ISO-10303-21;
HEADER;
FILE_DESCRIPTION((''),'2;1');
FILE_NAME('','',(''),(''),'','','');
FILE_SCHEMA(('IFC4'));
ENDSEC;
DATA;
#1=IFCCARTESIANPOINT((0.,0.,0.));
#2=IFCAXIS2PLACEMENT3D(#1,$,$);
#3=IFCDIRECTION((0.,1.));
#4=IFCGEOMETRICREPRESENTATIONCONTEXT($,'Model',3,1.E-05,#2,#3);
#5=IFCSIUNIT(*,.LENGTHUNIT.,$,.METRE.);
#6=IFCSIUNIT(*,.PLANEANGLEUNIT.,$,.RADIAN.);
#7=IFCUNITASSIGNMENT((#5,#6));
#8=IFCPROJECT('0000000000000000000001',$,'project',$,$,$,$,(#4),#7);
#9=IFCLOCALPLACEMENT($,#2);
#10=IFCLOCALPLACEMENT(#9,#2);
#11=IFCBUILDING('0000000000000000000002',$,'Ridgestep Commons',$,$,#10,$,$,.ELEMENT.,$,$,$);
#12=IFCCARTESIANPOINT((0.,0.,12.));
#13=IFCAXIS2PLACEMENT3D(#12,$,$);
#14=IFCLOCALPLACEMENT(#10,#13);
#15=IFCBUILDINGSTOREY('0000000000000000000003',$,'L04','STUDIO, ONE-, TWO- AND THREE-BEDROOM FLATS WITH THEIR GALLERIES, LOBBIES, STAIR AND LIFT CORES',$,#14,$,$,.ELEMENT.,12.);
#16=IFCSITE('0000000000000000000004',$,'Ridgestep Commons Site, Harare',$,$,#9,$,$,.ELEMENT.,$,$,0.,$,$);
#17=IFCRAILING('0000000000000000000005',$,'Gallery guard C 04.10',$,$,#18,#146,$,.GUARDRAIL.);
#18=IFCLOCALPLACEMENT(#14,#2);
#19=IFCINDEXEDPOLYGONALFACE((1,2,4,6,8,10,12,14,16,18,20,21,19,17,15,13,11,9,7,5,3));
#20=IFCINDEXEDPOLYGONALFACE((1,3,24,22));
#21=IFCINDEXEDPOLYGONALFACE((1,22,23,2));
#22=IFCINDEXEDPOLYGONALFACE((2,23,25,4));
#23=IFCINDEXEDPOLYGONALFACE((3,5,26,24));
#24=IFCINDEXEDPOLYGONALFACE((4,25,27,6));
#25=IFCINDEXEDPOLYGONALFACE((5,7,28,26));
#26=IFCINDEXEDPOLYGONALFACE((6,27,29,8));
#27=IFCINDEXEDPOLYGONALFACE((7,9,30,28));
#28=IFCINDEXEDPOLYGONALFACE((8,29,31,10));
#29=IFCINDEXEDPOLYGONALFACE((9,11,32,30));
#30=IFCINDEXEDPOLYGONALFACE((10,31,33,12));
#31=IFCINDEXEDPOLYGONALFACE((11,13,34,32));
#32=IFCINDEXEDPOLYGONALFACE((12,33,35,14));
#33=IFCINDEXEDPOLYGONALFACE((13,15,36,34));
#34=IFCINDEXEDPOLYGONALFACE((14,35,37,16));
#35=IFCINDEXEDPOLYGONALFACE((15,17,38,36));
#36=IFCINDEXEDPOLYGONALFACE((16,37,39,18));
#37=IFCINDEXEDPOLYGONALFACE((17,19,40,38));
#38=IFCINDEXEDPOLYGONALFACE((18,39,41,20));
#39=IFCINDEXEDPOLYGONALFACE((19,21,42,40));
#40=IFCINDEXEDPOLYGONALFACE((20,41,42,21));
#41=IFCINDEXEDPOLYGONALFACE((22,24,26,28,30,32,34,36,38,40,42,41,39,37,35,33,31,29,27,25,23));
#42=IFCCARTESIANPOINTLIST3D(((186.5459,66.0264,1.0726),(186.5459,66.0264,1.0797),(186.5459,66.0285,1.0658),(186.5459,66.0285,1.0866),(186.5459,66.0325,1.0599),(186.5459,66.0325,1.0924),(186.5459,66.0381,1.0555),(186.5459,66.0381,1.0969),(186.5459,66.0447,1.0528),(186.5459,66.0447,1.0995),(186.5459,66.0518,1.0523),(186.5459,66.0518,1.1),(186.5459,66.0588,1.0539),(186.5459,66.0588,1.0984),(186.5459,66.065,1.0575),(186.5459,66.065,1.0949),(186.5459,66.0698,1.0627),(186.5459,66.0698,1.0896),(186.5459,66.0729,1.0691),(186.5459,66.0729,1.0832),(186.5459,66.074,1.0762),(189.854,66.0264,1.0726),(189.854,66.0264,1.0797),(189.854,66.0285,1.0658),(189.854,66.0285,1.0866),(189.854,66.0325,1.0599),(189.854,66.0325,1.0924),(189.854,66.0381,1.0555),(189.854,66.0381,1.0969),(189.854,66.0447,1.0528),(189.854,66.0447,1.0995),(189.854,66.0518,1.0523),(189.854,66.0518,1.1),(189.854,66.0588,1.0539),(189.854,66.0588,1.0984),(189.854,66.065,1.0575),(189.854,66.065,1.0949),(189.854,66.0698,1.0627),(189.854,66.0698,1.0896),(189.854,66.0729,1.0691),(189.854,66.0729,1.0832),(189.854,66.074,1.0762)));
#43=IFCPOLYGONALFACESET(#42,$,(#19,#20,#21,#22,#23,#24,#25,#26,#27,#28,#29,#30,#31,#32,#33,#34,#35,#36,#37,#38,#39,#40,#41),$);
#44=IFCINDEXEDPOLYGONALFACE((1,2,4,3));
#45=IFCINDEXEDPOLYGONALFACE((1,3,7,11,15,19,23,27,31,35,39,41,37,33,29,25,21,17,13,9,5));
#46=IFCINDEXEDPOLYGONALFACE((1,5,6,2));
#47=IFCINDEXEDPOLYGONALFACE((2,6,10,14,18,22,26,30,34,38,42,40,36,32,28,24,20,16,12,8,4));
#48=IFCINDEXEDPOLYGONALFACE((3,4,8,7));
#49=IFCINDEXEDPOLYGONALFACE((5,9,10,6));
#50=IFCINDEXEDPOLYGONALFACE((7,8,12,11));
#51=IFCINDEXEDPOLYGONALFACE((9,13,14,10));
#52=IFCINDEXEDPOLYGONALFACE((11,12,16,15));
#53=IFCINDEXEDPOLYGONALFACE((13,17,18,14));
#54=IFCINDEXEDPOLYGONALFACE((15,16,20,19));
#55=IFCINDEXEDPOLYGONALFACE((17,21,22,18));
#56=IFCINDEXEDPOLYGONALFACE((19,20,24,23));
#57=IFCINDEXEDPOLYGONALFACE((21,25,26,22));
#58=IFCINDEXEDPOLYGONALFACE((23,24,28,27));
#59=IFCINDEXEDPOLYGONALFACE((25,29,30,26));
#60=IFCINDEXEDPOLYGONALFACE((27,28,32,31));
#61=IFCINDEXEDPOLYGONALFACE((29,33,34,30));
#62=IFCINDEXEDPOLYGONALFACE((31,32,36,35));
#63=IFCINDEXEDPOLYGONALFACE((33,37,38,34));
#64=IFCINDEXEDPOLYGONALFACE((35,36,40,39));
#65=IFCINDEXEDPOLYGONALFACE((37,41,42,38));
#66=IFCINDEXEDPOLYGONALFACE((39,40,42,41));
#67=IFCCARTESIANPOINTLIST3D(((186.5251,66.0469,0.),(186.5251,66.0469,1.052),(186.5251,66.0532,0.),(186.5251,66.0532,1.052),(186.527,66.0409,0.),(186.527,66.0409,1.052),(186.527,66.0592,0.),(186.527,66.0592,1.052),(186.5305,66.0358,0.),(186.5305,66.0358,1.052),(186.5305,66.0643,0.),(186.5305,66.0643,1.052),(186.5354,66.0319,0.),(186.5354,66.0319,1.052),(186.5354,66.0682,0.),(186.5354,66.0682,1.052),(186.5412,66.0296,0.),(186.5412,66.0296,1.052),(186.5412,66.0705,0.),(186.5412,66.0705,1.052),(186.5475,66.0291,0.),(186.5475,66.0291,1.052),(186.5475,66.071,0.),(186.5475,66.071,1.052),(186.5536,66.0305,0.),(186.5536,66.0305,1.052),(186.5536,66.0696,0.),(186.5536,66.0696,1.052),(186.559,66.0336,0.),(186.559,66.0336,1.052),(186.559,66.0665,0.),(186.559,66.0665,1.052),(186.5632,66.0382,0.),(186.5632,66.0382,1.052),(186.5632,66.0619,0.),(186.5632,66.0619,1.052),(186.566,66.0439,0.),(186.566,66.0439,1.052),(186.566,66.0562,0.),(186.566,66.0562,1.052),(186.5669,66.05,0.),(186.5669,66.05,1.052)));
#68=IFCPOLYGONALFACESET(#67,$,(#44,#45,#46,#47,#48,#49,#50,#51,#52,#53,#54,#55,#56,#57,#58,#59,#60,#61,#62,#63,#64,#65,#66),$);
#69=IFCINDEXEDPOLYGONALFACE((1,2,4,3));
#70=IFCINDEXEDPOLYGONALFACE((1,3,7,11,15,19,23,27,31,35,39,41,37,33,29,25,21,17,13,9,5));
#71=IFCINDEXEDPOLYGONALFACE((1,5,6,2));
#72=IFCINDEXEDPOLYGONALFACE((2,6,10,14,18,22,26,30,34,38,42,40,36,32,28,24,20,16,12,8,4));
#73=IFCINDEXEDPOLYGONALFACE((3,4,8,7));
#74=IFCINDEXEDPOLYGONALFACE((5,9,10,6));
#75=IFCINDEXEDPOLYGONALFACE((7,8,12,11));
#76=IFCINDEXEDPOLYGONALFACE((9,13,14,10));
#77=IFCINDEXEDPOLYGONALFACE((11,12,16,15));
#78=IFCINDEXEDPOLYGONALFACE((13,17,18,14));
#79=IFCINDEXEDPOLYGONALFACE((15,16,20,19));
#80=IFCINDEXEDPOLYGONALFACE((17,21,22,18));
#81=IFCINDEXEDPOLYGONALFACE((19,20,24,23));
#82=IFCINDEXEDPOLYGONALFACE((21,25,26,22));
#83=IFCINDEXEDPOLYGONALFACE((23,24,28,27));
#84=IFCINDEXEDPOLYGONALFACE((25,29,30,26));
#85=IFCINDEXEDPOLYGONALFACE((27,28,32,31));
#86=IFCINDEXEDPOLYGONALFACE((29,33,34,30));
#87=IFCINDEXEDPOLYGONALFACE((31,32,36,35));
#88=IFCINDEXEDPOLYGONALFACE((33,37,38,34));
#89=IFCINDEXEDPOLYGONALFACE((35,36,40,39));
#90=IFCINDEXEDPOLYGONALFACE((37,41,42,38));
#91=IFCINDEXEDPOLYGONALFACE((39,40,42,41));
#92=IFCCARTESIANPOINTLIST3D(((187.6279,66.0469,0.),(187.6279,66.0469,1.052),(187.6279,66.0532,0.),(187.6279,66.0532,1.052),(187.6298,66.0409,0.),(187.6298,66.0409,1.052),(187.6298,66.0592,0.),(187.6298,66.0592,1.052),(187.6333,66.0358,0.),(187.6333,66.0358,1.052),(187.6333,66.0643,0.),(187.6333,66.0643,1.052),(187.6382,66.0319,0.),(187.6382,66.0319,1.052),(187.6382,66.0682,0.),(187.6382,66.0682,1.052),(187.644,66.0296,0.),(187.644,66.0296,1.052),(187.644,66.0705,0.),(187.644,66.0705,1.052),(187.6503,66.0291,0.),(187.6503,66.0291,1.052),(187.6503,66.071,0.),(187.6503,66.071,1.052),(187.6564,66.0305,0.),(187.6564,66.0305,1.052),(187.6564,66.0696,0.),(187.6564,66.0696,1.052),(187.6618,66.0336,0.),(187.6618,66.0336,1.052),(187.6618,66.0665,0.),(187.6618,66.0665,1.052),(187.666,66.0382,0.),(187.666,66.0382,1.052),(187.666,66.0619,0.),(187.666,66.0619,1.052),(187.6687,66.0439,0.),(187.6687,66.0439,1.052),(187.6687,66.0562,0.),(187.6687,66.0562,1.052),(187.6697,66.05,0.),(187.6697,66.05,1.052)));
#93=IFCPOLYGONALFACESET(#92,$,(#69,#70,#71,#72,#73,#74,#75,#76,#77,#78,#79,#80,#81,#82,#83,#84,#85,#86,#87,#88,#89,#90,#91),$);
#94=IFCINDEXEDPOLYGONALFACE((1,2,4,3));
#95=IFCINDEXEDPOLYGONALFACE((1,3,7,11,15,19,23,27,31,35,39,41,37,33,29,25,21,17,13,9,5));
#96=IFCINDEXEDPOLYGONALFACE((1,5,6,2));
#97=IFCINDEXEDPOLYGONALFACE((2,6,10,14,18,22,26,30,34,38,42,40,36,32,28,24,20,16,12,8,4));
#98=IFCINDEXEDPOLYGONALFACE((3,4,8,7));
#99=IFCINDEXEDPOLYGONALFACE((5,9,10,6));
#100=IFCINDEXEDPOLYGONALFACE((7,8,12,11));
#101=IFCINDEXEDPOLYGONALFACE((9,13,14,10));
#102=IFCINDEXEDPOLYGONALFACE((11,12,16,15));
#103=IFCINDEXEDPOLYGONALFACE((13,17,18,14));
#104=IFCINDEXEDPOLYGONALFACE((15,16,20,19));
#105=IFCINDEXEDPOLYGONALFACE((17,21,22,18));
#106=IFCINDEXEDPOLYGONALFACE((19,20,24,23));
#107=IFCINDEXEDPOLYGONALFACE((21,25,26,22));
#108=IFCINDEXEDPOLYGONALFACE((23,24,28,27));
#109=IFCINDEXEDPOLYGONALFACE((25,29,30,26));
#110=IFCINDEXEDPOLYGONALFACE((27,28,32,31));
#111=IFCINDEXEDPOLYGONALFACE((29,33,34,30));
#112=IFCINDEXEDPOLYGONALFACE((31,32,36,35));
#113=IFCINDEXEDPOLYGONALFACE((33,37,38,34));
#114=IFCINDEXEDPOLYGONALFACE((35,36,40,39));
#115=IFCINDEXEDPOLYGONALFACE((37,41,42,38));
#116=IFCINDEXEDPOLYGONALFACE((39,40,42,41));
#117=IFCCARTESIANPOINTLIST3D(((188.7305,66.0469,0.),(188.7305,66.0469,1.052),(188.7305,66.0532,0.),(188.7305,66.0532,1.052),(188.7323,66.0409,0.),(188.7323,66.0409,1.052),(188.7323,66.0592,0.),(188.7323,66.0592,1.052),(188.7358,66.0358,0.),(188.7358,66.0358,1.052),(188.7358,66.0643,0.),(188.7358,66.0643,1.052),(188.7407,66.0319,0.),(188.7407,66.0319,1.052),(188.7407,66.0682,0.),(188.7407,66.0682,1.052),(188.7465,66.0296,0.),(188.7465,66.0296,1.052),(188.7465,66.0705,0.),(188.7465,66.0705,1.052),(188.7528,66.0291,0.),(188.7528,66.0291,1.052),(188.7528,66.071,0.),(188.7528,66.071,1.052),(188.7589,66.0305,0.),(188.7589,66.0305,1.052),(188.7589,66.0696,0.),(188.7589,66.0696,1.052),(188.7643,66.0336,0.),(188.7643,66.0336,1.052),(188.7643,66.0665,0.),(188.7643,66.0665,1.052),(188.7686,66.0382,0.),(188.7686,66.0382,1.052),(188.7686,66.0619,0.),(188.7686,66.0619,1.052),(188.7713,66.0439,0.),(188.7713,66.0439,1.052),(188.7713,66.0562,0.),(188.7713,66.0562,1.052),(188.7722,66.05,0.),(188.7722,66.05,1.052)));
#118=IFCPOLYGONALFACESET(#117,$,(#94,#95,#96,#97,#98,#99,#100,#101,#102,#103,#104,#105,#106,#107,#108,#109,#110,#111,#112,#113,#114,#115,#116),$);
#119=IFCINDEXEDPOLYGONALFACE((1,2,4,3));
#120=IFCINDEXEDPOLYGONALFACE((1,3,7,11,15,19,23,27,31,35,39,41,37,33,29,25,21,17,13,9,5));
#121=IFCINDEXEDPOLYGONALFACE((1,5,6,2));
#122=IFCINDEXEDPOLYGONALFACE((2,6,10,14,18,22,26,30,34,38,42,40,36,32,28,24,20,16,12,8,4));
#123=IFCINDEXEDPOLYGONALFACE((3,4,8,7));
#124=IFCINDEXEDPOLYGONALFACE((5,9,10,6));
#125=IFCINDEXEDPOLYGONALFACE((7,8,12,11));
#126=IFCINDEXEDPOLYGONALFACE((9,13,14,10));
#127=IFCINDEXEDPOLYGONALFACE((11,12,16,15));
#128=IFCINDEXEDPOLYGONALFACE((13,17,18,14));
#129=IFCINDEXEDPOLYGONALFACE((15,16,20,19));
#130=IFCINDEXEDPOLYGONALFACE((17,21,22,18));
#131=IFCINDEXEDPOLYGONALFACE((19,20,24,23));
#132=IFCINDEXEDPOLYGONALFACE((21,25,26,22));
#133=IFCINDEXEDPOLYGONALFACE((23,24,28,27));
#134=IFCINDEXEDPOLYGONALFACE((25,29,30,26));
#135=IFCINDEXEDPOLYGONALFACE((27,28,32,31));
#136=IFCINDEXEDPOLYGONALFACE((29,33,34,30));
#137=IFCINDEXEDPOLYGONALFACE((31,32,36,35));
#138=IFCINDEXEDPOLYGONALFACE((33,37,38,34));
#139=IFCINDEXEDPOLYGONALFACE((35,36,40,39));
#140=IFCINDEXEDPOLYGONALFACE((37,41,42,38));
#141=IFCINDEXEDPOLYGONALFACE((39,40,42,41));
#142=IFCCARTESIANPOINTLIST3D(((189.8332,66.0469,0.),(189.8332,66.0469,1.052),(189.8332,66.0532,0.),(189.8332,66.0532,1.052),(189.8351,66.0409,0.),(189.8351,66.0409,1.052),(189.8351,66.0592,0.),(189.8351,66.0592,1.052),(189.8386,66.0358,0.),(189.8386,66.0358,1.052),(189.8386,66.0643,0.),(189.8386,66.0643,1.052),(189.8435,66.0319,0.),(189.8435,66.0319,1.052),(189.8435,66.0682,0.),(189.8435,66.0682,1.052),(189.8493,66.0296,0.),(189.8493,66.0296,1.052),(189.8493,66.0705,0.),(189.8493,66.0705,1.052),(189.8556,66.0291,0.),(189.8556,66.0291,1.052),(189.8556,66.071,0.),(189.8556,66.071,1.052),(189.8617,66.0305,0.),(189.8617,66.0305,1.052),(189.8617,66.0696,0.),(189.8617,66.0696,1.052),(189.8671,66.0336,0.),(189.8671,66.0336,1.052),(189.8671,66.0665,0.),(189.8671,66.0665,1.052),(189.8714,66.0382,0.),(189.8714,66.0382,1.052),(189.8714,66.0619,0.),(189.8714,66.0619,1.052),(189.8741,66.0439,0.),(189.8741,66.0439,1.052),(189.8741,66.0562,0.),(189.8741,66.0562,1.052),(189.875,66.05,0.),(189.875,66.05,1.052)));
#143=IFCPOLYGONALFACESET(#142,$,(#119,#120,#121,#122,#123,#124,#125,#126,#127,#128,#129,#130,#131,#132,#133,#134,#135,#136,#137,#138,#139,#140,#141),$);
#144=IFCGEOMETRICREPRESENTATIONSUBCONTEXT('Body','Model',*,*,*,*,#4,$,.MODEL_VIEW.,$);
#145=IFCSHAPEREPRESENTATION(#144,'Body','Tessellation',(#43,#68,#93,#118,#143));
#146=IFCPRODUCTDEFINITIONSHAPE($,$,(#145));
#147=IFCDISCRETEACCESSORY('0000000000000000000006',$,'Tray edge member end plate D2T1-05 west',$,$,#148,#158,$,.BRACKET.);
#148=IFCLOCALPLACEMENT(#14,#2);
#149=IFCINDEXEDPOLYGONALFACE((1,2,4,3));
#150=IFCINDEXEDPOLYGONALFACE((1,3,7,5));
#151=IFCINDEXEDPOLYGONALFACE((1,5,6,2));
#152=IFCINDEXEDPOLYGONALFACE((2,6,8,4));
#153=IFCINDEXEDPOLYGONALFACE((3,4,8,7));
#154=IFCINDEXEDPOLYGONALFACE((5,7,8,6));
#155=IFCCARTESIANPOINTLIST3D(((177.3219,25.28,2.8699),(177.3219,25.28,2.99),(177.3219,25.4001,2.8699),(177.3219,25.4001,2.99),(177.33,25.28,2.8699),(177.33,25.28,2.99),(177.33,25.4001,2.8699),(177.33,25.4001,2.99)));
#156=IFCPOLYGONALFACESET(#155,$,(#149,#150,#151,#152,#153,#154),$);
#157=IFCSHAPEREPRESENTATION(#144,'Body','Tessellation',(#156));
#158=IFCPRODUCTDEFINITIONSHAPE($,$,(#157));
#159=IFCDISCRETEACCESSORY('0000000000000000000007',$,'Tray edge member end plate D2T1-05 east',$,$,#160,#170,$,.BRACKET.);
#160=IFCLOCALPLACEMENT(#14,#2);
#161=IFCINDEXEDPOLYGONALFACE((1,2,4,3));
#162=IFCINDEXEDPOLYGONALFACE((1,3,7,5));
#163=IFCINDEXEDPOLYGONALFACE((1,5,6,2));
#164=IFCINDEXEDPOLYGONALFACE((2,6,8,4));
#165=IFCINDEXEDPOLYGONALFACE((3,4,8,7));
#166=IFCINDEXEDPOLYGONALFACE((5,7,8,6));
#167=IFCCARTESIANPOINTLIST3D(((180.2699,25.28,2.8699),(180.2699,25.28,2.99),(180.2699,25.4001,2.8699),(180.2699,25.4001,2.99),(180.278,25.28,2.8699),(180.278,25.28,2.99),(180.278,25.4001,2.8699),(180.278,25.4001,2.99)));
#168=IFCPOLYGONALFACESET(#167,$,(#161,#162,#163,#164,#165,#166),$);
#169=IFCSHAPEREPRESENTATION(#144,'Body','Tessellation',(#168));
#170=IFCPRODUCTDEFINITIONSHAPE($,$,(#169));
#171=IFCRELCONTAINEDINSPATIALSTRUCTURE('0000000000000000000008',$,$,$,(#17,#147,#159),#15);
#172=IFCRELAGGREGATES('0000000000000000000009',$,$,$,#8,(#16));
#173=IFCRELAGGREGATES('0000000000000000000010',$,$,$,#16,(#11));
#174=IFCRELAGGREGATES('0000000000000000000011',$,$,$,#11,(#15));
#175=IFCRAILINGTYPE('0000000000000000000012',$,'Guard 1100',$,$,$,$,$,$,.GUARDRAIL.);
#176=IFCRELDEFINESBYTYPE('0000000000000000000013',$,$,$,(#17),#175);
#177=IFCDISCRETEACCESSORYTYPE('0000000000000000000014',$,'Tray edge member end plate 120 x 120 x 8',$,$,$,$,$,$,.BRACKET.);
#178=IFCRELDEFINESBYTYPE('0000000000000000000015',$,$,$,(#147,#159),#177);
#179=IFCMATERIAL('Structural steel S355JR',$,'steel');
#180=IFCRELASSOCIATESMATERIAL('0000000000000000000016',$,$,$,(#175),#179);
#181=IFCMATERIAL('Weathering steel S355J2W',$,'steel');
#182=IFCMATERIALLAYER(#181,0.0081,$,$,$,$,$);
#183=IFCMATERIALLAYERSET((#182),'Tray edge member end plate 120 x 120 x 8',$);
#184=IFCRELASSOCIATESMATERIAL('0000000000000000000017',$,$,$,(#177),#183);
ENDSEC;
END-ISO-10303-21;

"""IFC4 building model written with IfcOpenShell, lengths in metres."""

from ifc_helpers import new_model, si_unit, direction, frame, origin, origin_2d, place, context, subcontext, project, spatial, rectangle, circle, extrude, material, layer, layer_set, type_object, element, save


model = new_model("IFC4")

# Units and contexts
model_context = context("Model", 3, precision=1e-05, world=origin(), true_north=direction((0.0, 1.0)))
body_context = subcontext(model_context, "Body", "Model", "MODEL_VIEW")
ifc_project = project(units=[si_unit("LENGTHUNIT", "METRE"), si_unit("PLANEANGLEUNIT", "RADIAN")], contexts=[model_context])

# Site, building, storey
site_placement = place(None, origin())
site = spatial("IfcSite", under=ifc_project, at=site_placement, Name="Ridgestep Commons Site, Harare", CompositionType="ELEMENT", RefElevation=0.0)
building_placement = place(site_placement, origin())
building = spatial("IfcBuilding", under=site, at=building_placement, Name="Ridgestep Commons", CompositionType="ELEMENT")
storey_placement = place(building_placement, frame((0.0, 0.0, 12.0)))
storey = spatial("IfcBuildingStorey", under=building, at=storey_placement, Name="L04", Description="STUDIO, ONE-, TWO- AND THREE-BEDROOM FLATS WITH THEIR GALLERIES, LOBBIES, STAIR AND LIFT CORES", CompositionType="ELEMENT", Elevation=12.0)

# Railing
ifc_material_1 = material(Name="Structural steel S355JR", Category="steel")
railing_type = type_object("IfcRailingType", Name="Guard 1100", PredefinedType="GUARDRAIL", material=ifc_material_1)
railing_1_placement = place(storey_placement, frame((186.5459, 66.05, 0.0)))
element("IfcRailing", 1, at=railing_1_placement, inside=storey, type_object=railing_type, Name="Gallery guard C 04.10", PredefinedType="GUARDRAIL", context=body_context, shape_type="SweptSolid", body=[
    extrude(circle(Radius=0.0239, at=origin_2d()), frame((0.0, 0.0, 1.0762), z_axis=(1.0, 0.0, 0.0), x_axis=(0.0, 1.0, 0.0)), (0.0, 0.0, 1.0), 3.3081),
    extrude(circle(Radius=0.021, at=origin_2d()), origin(), (0.0, 0.0, 1.0), 1.052),
    extrude(circle(Radius=0.021, at=origin_2d()), frame((1.1028, 0.0, 0.0)), (0.0, 0.0, 1.0), 1.052),
    extrude(circle(Radius=0.021, at=origin_2d()), frame((2.2053, 0.0, 0.0)), (0.0, 0.0, 1.0), 1.052),
    extrude(circle(Radius=0.021, at=origin_2d()), frame((3.3081, 0.0, 0.0)), (0.0, 0.0, 1.0), 1.052),
])

# Discrete accessories
ifc_material_2 = material(Name="Weathering steel S355J2W", Category="steel")
ifc_layer_1 = layer(ifc_material_2, 0.0081)
ifc_layer_set_1 = layer_set([ifc_layer_1], Name="Tray edge member end plate 120 x 120 x 8")
discrete_accessory_type = type_object("IfcDiscreteAccessoryType", Name="Tray edge member end plate 120 x 120 x 8", PredefinedType="BRACKET", material=ifc_layer_set_1)
for number, where, z_axis, x_axis, name in (
    (2, (177.3259, 25.3401, 2.8699), (0.0, 0.0, 1.0), (1.0, 0.0, 0.0), "Tray edge member end plate D2T1-05 west"),
    (3, (180.2739, 25.3401, 2.8699), (0.0, 0.0, 1.0), (1.0, 0.0, 0.0), "Tray edge member end plate D2T1-05 east"),
):
    element("IfcDiscreteAccessory", number, at=place(storey_placement, frame(where, z_axis=z_axis, x_axis=x_axis)), inside=storey, type_object=discrete_accessory_type, Name=name, PredefinedType="BRACKET", context=body_context, shape_type="SweptSolid", body=[
        extrude(rectangle(XDim=0.0081, YDim=0.1201, at=origin_2d()), origin(), (0.0, 0.0, 1.0), 0.1201),
    ])

save(model, "model.ifc")
